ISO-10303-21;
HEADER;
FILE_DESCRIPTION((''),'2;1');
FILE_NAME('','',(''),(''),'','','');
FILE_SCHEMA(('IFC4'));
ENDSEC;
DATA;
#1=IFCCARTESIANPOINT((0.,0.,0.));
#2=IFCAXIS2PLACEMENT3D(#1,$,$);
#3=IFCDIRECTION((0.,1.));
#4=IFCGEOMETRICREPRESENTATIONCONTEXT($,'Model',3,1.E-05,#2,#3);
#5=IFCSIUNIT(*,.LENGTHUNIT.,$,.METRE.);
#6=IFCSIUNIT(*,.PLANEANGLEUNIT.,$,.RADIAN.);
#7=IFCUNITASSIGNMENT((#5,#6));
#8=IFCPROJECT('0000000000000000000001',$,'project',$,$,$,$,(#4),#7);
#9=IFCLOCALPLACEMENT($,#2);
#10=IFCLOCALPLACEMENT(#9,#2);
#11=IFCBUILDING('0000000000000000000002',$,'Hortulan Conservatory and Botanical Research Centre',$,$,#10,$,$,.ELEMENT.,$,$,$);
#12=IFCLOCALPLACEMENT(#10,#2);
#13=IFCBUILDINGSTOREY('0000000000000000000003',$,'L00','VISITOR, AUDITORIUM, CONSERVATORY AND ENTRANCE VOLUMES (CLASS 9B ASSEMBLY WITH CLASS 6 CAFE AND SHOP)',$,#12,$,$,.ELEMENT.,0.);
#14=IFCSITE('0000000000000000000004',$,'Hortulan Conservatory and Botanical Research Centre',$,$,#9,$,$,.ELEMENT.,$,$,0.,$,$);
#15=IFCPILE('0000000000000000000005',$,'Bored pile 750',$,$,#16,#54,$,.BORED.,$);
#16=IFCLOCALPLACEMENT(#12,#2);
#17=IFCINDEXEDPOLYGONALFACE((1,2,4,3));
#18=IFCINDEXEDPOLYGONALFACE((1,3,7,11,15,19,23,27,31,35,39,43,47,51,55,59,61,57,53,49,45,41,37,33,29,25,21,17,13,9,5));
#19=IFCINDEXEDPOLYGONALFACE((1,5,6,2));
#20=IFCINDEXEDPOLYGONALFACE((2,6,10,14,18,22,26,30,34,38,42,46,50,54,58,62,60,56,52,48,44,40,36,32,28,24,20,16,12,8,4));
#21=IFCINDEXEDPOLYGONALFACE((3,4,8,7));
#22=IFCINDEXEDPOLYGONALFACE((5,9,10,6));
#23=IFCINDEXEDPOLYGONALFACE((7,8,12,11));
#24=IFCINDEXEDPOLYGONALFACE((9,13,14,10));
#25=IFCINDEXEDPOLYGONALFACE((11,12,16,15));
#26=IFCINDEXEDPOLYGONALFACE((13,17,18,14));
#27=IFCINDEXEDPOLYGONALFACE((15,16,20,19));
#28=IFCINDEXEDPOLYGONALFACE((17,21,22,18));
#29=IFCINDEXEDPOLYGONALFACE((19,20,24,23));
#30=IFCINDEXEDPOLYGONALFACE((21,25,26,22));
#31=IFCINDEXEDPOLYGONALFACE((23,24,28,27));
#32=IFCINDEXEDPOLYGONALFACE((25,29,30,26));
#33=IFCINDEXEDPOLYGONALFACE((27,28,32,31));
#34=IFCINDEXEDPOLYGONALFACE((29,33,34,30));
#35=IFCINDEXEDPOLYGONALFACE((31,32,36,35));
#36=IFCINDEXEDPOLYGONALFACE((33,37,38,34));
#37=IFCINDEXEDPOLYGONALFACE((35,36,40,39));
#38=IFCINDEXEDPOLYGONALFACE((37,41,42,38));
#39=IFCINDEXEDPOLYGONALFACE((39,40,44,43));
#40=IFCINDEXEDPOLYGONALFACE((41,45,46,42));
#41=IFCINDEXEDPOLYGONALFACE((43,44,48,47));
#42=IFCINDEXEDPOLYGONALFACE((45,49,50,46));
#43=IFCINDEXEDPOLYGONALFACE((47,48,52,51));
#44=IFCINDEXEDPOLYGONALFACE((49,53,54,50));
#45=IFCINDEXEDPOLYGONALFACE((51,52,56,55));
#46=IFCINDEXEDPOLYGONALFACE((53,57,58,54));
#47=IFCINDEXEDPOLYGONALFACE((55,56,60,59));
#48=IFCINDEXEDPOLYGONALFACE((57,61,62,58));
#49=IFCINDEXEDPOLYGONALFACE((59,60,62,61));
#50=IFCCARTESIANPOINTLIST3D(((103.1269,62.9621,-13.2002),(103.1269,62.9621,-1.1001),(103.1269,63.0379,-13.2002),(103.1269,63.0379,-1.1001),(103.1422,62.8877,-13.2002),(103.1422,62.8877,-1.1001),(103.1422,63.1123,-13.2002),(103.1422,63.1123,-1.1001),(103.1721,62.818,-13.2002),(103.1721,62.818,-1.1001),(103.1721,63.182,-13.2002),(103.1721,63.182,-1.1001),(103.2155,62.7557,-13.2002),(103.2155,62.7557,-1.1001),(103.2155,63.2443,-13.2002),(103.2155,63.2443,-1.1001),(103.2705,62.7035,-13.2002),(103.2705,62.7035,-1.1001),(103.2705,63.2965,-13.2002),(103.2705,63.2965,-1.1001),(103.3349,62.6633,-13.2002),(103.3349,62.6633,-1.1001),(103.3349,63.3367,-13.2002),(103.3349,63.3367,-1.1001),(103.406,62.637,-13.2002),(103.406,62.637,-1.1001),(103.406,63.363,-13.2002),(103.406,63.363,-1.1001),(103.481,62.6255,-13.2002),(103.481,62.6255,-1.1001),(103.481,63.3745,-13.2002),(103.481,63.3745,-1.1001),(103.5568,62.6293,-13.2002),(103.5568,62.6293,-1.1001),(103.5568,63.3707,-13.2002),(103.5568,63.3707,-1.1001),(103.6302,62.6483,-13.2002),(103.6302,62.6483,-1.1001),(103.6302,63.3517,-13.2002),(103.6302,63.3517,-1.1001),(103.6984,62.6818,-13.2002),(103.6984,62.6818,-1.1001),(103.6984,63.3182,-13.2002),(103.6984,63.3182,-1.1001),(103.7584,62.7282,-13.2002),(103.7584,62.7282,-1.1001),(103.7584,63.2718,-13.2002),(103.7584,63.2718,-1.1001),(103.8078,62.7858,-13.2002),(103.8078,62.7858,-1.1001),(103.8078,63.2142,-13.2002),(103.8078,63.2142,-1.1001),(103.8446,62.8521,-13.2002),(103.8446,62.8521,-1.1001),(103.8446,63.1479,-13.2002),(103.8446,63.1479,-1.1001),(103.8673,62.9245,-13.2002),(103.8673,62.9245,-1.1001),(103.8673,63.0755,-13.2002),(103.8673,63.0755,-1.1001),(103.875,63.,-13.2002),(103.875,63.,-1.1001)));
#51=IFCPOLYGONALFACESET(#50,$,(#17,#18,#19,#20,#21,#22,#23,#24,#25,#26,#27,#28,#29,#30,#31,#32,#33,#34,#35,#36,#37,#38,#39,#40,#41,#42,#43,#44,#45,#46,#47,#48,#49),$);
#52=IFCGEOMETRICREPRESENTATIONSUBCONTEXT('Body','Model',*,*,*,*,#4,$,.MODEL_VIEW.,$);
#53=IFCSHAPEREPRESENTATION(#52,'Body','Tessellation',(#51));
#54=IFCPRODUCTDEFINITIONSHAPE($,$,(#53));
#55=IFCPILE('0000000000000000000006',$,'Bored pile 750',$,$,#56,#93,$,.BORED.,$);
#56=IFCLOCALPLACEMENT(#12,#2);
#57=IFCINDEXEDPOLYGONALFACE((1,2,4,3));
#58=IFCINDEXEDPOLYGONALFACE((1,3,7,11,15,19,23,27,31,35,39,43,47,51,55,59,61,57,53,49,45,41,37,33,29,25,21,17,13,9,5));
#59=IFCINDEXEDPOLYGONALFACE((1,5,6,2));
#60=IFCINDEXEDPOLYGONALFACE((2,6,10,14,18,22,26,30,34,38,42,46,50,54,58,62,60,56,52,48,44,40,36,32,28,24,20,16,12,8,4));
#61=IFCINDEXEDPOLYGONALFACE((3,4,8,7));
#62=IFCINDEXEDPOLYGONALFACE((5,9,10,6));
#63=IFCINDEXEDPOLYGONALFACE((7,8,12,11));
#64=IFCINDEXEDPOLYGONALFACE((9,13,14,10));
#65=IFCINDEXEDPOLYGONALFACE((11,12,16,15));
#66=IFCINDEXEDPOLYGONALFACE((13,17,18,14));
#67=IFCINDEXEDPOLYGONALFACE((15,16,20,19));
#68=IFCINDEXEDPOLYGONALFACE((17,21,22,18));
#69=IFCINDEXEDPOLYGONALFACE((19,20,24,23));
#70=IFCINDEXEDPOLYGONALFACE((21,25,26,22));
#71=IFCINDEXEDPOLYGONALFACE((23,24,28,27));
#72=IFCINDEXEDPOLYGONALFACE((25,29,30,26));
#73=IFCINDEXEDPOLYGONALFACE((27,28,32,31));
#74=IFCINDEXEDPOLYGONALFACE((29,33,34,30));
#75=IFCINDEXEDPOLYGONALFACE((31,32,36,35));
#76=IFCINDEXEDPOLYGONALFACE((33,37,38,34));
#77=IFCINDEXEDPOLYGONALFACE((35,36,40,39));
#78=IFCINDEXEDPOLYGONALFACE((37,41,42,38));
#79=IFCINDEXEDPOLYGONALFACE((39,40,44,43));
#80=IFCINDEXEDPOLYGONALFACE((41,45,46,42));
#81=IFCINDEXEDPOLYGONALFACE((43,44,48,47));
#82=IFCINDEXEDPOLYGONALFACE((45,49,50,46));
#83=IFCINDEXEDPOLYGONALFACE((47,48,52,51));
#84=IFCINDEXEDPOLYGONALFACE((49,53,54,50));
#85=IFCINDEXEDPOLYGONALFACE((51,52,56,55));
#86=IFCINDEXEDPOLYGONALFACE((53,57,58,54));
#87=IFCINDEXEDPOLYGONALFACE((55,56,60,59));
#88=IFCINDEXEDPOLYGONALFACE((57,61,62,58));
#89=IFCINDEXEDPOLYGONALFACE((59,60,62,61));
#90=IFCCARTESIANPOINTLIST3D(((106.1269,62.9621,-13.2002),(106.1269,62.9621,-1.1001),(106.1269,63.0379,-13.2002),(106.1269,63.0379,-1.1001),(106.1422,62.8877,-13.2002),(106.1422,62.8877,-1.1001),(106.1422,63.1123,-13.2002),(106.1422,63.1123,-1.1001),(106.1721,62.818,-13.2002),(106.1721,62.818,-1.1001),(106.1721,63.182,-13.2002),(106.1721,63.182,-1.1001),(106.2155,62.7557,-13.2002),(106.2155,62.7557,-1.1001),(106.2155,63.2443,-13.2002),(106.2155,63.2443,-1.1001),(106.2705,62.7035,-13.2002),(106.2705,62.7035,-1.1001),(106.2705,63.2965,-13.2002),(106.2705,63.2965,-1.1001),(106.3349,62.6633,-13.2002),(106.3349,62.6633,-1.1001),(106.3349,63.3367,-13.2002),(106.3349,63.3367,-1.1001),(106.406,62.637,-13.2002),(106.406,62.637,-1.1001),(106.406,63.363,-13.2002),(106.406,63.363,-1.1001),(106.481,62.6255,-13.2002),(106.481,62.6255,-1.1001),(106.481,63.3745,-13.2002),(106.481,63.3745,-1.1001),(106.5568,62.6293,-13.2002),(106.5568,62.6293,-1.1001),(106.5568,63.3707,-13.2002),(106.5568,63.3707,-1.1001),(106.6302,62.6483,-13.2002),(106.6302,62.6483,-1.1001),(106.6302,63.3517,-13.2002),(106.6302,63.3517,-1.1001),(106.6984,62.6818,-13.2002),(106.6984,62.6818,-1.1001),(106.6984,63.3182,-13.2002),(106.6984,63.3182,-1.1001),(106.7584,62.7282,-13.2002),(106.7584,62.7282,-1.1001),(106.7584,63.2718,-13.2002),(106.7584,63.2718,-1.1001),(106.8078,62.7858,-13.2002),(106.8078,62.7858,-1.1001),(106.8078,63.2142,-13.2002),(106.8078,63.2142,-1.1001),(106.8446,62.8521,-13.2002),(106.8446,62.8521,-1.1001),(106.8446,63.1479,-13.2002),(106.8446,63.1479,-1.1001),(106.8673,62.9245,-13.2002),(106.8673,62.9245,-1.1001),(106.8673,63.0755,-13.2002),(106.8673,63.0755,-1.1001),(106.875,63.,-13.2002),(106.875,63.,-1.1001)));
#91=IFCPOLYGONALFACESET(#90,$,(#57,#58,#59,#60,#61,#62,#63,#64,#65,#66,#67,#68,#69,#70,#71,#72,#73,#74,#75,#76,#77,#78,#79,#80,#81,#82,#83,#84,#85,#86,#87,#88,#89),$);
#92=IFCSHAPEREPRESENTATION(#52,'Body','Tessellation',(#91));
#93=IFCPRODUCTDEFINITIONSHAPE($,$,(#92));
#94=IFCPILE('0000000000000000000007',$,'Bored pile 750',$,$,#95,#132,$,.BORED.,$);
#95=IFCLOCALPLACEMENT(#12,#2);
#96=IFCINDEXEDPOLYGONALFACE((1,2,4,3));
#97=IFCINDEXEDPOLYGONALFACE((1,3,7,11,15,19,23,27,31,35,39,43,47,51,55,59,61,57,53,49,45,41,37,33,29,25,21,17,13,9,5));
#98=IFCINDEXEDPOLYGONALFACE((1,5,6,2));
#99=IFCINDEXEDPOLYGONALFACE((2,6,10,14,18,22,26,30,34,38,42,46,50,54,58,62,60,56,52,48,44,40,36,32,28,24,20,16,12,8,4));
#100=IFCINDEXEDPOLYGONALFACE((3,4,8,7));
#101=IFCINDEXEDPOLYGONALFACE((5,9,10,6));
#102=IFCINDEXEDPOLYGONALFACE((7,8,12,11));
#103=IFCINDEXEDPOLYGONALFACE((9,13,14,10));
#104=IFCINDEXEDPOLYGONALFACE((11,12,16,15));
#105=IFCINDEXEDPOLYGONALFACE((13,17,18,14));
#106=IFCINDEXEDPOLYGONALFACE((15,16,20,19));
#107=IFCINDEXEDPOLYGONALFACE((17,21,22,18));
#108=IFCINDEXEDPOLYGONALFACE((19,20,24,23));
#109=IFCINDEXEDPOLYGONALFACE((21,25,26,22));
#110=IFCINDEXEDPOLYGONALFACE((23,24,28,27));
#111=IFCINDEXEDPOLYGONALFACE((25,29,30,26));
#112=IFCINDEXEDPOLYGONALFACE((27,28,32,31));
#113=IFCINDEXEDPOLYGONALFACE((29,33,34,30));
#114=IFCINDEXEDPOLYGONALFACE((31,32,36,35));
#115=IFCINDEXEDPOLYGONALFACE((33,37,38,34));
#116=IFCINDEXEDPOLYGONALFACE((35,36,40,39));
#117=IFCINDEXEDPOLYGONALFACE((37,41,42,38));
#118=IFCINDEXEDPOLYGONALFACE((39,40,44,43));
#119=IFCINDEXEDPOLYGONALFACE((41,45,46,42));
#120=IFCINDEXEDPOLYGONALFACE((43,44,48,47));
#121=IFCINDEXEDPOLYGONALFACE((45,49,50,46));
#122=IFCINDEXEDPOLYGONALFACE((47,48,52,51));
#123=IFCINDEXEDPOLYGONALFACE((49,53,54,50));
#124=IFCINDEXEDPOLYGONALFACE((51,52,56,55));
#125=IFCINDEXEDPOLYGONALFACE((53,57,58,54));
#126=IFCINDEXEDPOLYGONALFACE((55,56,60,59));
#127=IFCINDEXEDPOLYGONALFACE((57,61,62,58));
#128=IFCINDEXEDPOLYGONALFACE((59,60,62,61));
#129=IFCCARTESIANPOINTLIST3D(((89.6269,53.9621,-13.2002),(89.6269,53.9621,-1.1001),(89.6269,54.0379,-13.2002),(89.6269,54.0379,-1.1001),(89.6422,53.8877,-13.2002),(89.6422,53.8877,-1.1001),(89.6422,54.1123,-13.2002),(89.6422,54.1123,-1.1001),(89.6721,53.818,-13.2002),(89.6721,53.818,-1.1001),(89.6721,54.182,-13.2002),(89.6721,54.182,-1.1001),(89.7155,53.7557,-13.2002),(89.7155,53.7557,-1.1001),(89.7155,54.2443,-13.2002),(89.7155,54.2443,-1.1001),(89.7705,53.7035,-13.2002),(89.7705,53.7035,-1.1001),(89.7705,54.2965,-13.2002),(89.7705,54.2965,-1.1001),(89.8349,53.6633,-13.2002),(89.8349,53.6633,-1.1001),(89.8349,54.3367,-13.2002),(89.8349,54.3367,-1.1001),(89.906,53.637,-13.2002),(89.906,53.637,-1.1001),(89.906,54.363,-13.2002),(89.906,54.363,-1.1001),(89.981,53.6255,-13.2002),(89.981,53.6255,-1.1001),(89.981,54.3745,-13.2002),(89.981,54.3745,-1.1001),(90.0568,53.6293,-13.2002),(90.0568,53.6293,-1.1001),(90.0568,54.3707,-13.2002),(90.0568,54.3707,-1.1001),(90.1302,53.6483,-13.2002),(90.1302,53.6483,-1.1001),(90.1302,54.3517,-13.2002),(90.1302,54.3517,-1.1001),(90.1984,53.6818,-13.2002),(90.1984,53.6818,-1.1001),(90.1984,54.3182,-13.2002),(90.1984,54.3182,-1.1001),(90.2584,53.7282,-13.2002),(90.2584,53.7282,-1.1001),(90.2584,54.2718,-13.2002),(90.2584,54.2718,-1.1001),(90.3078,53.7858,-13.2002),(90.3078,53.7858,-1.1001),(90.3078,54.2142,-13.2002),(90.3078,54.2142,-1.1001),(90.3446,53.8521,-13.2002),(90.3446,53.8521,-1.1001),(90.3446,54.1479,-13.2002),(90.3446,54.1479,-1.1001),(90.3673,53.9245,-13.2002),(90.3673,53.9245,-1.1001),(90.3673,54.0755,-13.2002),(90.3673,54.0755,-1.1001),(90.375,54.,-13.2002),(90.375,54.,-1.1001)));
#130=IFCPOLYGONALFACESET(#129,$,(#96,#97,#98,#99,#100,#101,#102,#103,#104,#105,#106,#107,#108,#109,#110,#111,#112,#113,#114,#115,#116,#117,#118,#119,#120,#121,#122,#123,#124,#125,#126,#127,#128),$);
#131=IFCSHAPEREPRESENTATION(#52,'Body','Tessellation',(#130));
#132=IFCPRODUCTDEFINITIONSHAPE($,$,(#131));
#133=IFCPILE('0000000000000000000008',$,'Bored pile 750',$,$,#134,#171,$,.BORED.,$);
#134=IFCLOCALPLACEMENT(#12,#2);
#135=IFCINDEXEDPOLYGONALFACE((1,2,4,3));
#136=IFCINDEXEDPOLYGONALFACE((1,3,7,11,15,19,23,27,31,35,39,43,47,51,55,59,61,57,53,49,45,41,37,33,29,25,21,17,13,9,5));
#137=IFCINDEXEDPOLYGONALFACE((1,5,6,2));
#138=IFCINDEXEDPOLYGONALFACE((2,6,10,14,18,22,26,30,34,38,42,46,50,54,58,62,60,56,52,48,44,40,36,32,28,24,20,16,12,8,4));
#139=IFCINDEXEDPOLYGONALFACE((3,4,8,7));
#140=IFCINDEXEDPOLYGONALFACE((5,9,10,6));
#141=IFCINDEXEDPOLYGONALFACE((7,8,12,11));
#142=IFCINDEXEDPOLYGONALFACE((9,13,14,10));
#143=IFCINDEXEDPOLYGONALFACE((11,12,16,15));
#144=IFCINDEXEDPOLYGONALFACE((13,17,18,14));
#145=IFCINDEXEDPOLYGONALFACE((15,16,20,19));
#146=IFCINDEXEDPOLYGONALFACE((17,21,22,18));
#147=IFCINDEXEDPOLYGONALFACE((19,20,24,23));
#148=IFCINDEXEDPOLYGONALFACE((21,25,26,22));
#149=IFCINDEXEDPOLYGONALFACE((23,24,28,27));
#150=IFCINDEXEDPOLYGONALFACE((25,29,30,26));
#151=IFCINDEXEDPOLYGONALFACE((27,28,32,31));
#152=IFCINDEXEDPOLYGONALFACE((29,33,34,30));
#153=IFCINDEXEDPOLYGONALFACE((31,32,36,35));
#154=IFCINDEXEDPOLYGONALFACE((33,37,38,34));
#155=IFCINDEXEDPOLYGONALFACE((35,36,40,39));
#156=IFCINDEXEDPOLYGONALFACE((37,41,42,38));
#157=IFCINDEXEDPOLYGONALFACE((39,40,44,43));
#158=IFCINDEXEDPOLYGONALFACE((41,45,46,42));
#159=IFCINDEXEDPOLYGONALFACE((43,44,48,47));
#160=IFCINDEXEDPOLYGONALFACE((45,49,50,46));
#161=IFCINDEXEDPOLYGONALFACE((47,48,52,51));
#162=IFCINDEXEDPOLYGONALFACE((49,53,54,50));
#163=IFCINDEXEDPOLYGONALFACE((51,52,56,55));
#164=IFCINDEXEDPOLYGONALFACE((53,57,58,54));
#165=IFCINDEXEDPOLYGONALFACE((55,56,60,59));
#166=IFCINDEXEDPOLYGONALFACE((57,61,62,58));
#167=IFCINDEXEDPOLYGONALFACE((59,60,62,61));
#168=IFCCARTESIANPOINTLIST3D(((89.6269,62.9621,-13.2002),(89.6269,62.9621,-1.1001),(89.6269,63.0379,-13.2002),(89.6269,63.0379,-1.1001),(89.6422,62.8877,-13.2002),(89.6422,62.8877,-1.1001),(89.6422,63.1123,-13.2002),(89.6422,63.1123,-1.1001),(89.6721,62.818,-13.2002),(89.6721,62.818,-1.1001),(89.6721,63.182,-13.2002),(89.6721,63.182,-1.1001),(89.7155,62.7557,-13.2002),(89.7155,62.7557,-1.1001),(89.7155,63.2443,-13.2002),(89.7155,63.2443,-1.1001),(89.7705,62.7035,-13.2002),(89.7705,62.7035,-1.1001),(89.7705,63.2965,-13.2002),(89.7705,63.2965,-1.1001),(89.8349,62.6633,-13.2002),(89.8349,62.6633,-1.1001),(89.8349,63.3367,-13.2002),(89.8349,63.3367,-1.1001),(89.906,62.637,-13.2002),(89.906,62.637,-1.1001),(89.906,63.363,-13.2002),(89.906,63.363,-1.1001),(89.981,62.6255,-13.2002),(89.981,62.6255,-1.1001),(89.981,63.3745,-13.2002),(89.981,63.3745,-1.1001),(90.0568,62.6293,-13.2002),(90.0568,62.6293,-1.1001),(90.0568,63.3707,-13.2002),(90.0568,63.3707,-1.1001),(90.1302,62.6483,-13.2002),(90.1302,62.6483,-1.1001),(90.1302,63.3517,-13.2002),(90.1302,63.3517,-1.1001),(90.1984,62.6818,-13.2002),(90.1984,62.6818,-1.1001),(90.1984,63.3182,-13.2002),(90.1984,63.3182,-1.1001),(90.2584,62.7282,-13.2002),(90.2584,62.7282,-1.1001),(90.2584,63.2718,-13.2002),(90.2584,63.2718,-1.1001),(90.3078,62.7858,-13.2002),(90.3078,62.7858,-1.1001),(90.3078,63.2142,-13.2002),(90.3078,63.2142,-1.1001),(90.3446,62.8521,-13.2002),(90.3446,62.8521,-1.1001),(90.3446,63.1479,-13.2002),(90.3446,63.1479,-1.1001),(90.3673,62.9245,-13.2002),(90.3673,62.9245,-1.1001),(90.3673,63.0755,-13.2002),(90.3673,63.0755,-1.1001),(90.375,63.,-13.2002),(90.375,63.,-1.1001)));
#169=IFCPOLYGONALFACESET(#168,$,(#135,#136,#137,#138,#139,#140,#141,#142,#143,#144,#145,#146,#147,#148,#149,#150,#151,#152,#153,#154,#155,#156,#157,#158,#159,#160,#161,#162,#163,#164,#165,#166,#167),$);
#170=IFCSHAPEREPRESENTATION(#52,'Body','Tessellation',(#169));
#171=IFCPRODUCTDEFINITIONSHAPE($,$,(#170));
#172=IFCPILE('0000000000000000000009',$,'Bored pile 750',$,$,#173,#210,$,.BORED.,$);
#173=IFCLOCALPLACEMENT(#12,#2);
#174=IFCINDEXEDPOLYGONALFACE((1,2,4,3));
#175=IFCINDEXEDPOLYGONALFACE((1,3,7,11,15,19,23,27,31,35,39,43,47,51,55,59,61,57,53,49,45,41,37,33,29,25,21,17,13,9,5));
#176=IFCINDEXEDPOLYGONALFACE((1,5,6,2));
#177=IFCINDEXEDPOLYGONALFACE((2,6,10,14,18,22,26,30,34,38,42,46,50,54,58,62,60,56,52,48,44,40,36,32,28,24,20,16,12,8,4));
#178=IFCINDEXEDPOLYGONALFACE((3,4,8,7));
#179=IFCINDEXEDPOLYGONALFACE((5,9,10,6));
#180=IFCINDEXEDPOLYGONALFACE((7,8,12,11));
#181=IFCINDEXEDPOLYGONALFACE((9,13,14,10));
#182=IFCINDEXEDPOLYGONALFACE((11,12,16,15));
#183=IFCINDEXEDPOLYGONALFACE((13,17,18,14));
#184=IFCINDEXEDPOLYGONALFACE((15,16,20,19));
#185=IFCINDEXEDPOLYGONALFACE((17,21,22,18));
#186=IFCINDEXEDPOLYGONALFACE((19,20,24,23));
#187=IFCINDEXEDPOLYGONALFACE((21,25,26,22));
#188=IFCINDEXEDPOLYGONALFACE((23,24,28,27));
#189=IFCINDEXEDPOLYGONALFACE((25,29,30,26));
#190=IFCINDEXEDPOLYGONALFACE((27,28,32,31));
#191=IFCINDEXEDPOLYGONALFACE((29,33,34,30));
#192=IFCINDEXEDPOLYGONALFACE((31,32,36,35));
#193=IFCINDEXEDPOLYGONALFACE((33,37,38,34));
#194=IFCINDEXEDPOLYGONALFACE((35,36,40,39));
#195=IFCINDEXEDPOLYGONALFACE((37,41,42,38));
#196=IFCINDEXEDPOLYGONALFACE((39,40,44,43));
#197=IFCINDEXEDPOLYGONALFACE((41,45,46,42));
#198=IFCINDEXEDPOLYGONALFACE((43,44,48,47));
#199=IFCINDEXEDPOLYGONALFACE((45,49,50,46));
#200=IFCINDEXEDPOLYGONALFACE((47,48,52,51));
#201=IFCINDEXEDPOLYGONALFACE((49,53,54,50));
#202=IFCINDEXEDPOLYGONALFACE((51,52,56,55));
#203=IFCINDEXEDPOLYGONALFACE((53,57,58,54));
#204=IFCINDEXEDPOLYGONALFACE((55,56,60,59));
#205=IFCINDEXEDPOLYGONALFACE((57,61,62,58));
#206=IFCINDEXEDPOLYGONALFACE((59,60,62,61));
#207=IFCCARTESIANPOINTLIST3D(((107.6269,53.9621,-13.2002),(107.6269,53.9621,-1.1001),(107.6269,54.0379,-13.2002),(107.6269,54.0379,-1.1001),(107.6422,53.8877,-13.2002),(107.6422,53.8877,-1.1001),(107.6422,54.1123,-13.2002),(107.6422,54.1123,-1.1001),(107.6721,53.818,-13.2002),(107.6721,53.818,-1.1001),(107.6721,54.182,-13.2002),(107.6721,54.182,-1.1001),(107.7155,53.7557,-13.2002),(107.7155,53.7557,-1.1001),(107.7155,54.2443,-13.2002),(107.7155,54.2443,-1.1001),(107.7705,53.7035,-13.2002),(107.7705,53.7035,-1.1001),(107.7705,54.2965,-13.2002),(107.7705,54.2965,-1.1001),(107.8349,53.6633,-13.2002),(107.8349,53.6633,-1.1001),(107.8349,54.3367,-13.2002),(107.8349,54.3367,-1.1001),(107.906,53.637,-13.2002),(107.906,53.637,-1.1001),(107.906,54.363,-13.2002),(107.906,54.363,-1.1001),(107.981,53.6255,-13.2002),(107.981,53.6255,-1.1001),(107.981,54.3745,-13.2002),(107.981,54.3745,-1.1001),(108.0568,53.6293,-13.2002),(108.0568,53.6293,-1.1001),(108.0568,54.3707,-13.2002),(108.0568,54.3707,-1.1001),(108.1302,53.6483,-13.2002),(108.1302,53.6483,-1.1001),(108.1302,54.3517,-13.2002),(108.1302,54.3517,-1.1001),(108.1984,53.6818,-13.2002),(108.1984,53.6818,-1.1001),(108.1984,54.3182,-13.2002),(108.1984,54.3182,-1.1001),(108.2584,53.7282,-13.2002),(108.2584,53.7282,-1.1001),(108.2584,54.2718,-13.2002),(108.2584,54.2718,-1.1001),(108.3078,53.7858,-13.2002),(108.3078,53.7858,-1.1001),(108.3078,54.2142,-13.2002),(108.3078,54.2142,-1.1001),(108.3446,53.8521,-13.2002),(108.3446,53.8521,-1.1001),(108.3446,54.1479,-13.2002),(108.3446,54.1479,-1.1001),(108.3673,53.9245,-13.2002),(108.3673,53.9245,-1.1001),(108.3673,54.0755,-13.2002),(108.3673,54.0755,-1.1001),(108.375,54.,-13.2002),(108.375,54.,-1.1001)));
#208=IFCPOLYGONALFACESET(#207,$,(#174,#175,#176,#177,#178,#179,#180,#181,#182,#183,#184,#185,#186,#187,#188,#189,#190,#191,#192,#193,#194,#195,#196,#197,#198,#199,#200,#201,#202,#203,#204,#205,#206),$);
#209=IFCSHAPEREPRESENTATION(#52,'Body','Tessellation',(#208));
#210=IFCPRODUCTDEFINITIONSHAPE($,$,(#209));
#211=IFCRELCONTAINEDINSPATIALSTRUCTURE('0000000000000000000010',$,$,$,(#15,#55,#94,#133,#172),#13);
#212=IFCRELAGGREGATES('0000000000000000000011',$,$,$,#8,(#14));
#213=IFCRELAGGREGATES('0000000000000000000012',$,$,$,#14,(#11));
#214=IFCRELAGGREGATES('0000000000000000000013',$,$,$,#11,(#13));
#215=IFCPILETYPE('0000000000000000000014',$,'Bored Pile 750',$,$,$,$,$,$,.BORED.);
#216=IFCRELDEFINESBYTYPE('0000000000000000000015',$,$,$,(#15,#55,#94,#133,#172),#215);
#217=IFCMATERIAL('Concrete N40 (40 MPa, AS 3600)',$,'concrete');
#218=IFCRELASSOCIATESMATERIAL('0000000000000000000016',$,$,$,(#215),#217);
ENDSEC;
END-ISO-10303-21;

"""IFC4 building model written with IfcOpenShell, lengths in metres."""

from ifc_helpers import new_model, si_unit, direction, frame, origin, origin_2d, place, context, subcontext, project, spatial, circle, extrude, material, material_profile, profile_set, type_object, element, save


model = new_model("IFC4")

# Units and contexts
model_context = context("Model", 3, precision=1e-05, world=origin(), true_north=direction((0.0, 1.0)))
body_context = subcontext(model_context, "Body", "Model", "MODEL_VIEW")
ifc_project = project(units=[si_unit("LENGTHUNIT", "METRE"), si_unit("PLANEANGLEUNIT", "RADIAN")], contexts=[model_context])

# Site, building, storey
site_placement = place(None, origin())
site = spatial("IfcSite", under=ifc_project, at=site_placement, Name="Hortulan Conservatory and Botanical Research Centre", CompositionType="ELEMENT", RefElevation=0.0)
building_placement = place(site_placement, origin())
building = spatial("IfcBuilding", under=site, at=building_placement, Name="Hortulan Conservatory and Botanical Research Centre", CompositionType="ELEMENT")
storey_placement = place(building_placement, origin())
storey = spatial("IfcBuildingStorey", under=building, at=storey_placement, Name="L00", Description="VISITOR, AUDITORIUM, CONSERVATORY AND ENTRANCE VOLUMES (CLASS 9B ASSEMBLY WITH CLASS 6 CAFE AND SHOP)", CompositionType="ELEMENT", Elevation=0.0)

# Piles
ifc_material_1 = material(Name="Concrete N40 (40 MPa, AS 3600)", Category="concrete")
ifc_material_profile_1 = material_profile(ifc_material_1, circle(Radius=0.375, at=origin_2d()), Name="Bored pile 750 diameter")
ifc_profile_set_1 = profile_set([ifc_material_profile_1], Name="Concrete N40 (40 MPa, AS 3600)")
pile_type = type_object("IfcPileType", Name="Bored Pile 750", PredefinedType="BORED", material=ifc_profile_set_1)
for number, where, z_axis, x_axis, name in (
    (1, (103.5, 63.0, -1.1001), (0.0, 0.0, -1.0), (1.0, 0.0, 0.0), "Bored pile 750"),
    (2, (106.5, 63.0, -1.1001), (0.0, 0.0, -1.0), (1.0, 0.0, 0.0), "Bored pile 750"),
    (3, (90.0, 54.0, -1.1001), (0.0, 0.0, -1.0), (1.0, 0.0, 0.0), "Bored pile 750"),
    (4, (90.0, 63.0, -1.1001), (0.0, 0.0, -1.0), (1.0, 0.0, 0.0), "Bored pile 750"),
    (5, (108.0, 54.0, -1.1001), (0.0, 0.0, -1.0), (1.0, 0.0, 0.0), "Bored pile 750"),
):
    element("IfcPile", number, at=place(storey_placement, frame(where, z_axis=z_axis, x_axis=x_axis)), inside=storey, type_object=pile_type, Name=name, PredefinedType="BORED", context=body_context, shape_type="SweptSolid", body=[
        extrude(circle(Radius=0.375, at=origin_2d()), origin(), (0.0, 0.0, 1.0), 12.1001),
    ])

save(model, "model.ifc")
